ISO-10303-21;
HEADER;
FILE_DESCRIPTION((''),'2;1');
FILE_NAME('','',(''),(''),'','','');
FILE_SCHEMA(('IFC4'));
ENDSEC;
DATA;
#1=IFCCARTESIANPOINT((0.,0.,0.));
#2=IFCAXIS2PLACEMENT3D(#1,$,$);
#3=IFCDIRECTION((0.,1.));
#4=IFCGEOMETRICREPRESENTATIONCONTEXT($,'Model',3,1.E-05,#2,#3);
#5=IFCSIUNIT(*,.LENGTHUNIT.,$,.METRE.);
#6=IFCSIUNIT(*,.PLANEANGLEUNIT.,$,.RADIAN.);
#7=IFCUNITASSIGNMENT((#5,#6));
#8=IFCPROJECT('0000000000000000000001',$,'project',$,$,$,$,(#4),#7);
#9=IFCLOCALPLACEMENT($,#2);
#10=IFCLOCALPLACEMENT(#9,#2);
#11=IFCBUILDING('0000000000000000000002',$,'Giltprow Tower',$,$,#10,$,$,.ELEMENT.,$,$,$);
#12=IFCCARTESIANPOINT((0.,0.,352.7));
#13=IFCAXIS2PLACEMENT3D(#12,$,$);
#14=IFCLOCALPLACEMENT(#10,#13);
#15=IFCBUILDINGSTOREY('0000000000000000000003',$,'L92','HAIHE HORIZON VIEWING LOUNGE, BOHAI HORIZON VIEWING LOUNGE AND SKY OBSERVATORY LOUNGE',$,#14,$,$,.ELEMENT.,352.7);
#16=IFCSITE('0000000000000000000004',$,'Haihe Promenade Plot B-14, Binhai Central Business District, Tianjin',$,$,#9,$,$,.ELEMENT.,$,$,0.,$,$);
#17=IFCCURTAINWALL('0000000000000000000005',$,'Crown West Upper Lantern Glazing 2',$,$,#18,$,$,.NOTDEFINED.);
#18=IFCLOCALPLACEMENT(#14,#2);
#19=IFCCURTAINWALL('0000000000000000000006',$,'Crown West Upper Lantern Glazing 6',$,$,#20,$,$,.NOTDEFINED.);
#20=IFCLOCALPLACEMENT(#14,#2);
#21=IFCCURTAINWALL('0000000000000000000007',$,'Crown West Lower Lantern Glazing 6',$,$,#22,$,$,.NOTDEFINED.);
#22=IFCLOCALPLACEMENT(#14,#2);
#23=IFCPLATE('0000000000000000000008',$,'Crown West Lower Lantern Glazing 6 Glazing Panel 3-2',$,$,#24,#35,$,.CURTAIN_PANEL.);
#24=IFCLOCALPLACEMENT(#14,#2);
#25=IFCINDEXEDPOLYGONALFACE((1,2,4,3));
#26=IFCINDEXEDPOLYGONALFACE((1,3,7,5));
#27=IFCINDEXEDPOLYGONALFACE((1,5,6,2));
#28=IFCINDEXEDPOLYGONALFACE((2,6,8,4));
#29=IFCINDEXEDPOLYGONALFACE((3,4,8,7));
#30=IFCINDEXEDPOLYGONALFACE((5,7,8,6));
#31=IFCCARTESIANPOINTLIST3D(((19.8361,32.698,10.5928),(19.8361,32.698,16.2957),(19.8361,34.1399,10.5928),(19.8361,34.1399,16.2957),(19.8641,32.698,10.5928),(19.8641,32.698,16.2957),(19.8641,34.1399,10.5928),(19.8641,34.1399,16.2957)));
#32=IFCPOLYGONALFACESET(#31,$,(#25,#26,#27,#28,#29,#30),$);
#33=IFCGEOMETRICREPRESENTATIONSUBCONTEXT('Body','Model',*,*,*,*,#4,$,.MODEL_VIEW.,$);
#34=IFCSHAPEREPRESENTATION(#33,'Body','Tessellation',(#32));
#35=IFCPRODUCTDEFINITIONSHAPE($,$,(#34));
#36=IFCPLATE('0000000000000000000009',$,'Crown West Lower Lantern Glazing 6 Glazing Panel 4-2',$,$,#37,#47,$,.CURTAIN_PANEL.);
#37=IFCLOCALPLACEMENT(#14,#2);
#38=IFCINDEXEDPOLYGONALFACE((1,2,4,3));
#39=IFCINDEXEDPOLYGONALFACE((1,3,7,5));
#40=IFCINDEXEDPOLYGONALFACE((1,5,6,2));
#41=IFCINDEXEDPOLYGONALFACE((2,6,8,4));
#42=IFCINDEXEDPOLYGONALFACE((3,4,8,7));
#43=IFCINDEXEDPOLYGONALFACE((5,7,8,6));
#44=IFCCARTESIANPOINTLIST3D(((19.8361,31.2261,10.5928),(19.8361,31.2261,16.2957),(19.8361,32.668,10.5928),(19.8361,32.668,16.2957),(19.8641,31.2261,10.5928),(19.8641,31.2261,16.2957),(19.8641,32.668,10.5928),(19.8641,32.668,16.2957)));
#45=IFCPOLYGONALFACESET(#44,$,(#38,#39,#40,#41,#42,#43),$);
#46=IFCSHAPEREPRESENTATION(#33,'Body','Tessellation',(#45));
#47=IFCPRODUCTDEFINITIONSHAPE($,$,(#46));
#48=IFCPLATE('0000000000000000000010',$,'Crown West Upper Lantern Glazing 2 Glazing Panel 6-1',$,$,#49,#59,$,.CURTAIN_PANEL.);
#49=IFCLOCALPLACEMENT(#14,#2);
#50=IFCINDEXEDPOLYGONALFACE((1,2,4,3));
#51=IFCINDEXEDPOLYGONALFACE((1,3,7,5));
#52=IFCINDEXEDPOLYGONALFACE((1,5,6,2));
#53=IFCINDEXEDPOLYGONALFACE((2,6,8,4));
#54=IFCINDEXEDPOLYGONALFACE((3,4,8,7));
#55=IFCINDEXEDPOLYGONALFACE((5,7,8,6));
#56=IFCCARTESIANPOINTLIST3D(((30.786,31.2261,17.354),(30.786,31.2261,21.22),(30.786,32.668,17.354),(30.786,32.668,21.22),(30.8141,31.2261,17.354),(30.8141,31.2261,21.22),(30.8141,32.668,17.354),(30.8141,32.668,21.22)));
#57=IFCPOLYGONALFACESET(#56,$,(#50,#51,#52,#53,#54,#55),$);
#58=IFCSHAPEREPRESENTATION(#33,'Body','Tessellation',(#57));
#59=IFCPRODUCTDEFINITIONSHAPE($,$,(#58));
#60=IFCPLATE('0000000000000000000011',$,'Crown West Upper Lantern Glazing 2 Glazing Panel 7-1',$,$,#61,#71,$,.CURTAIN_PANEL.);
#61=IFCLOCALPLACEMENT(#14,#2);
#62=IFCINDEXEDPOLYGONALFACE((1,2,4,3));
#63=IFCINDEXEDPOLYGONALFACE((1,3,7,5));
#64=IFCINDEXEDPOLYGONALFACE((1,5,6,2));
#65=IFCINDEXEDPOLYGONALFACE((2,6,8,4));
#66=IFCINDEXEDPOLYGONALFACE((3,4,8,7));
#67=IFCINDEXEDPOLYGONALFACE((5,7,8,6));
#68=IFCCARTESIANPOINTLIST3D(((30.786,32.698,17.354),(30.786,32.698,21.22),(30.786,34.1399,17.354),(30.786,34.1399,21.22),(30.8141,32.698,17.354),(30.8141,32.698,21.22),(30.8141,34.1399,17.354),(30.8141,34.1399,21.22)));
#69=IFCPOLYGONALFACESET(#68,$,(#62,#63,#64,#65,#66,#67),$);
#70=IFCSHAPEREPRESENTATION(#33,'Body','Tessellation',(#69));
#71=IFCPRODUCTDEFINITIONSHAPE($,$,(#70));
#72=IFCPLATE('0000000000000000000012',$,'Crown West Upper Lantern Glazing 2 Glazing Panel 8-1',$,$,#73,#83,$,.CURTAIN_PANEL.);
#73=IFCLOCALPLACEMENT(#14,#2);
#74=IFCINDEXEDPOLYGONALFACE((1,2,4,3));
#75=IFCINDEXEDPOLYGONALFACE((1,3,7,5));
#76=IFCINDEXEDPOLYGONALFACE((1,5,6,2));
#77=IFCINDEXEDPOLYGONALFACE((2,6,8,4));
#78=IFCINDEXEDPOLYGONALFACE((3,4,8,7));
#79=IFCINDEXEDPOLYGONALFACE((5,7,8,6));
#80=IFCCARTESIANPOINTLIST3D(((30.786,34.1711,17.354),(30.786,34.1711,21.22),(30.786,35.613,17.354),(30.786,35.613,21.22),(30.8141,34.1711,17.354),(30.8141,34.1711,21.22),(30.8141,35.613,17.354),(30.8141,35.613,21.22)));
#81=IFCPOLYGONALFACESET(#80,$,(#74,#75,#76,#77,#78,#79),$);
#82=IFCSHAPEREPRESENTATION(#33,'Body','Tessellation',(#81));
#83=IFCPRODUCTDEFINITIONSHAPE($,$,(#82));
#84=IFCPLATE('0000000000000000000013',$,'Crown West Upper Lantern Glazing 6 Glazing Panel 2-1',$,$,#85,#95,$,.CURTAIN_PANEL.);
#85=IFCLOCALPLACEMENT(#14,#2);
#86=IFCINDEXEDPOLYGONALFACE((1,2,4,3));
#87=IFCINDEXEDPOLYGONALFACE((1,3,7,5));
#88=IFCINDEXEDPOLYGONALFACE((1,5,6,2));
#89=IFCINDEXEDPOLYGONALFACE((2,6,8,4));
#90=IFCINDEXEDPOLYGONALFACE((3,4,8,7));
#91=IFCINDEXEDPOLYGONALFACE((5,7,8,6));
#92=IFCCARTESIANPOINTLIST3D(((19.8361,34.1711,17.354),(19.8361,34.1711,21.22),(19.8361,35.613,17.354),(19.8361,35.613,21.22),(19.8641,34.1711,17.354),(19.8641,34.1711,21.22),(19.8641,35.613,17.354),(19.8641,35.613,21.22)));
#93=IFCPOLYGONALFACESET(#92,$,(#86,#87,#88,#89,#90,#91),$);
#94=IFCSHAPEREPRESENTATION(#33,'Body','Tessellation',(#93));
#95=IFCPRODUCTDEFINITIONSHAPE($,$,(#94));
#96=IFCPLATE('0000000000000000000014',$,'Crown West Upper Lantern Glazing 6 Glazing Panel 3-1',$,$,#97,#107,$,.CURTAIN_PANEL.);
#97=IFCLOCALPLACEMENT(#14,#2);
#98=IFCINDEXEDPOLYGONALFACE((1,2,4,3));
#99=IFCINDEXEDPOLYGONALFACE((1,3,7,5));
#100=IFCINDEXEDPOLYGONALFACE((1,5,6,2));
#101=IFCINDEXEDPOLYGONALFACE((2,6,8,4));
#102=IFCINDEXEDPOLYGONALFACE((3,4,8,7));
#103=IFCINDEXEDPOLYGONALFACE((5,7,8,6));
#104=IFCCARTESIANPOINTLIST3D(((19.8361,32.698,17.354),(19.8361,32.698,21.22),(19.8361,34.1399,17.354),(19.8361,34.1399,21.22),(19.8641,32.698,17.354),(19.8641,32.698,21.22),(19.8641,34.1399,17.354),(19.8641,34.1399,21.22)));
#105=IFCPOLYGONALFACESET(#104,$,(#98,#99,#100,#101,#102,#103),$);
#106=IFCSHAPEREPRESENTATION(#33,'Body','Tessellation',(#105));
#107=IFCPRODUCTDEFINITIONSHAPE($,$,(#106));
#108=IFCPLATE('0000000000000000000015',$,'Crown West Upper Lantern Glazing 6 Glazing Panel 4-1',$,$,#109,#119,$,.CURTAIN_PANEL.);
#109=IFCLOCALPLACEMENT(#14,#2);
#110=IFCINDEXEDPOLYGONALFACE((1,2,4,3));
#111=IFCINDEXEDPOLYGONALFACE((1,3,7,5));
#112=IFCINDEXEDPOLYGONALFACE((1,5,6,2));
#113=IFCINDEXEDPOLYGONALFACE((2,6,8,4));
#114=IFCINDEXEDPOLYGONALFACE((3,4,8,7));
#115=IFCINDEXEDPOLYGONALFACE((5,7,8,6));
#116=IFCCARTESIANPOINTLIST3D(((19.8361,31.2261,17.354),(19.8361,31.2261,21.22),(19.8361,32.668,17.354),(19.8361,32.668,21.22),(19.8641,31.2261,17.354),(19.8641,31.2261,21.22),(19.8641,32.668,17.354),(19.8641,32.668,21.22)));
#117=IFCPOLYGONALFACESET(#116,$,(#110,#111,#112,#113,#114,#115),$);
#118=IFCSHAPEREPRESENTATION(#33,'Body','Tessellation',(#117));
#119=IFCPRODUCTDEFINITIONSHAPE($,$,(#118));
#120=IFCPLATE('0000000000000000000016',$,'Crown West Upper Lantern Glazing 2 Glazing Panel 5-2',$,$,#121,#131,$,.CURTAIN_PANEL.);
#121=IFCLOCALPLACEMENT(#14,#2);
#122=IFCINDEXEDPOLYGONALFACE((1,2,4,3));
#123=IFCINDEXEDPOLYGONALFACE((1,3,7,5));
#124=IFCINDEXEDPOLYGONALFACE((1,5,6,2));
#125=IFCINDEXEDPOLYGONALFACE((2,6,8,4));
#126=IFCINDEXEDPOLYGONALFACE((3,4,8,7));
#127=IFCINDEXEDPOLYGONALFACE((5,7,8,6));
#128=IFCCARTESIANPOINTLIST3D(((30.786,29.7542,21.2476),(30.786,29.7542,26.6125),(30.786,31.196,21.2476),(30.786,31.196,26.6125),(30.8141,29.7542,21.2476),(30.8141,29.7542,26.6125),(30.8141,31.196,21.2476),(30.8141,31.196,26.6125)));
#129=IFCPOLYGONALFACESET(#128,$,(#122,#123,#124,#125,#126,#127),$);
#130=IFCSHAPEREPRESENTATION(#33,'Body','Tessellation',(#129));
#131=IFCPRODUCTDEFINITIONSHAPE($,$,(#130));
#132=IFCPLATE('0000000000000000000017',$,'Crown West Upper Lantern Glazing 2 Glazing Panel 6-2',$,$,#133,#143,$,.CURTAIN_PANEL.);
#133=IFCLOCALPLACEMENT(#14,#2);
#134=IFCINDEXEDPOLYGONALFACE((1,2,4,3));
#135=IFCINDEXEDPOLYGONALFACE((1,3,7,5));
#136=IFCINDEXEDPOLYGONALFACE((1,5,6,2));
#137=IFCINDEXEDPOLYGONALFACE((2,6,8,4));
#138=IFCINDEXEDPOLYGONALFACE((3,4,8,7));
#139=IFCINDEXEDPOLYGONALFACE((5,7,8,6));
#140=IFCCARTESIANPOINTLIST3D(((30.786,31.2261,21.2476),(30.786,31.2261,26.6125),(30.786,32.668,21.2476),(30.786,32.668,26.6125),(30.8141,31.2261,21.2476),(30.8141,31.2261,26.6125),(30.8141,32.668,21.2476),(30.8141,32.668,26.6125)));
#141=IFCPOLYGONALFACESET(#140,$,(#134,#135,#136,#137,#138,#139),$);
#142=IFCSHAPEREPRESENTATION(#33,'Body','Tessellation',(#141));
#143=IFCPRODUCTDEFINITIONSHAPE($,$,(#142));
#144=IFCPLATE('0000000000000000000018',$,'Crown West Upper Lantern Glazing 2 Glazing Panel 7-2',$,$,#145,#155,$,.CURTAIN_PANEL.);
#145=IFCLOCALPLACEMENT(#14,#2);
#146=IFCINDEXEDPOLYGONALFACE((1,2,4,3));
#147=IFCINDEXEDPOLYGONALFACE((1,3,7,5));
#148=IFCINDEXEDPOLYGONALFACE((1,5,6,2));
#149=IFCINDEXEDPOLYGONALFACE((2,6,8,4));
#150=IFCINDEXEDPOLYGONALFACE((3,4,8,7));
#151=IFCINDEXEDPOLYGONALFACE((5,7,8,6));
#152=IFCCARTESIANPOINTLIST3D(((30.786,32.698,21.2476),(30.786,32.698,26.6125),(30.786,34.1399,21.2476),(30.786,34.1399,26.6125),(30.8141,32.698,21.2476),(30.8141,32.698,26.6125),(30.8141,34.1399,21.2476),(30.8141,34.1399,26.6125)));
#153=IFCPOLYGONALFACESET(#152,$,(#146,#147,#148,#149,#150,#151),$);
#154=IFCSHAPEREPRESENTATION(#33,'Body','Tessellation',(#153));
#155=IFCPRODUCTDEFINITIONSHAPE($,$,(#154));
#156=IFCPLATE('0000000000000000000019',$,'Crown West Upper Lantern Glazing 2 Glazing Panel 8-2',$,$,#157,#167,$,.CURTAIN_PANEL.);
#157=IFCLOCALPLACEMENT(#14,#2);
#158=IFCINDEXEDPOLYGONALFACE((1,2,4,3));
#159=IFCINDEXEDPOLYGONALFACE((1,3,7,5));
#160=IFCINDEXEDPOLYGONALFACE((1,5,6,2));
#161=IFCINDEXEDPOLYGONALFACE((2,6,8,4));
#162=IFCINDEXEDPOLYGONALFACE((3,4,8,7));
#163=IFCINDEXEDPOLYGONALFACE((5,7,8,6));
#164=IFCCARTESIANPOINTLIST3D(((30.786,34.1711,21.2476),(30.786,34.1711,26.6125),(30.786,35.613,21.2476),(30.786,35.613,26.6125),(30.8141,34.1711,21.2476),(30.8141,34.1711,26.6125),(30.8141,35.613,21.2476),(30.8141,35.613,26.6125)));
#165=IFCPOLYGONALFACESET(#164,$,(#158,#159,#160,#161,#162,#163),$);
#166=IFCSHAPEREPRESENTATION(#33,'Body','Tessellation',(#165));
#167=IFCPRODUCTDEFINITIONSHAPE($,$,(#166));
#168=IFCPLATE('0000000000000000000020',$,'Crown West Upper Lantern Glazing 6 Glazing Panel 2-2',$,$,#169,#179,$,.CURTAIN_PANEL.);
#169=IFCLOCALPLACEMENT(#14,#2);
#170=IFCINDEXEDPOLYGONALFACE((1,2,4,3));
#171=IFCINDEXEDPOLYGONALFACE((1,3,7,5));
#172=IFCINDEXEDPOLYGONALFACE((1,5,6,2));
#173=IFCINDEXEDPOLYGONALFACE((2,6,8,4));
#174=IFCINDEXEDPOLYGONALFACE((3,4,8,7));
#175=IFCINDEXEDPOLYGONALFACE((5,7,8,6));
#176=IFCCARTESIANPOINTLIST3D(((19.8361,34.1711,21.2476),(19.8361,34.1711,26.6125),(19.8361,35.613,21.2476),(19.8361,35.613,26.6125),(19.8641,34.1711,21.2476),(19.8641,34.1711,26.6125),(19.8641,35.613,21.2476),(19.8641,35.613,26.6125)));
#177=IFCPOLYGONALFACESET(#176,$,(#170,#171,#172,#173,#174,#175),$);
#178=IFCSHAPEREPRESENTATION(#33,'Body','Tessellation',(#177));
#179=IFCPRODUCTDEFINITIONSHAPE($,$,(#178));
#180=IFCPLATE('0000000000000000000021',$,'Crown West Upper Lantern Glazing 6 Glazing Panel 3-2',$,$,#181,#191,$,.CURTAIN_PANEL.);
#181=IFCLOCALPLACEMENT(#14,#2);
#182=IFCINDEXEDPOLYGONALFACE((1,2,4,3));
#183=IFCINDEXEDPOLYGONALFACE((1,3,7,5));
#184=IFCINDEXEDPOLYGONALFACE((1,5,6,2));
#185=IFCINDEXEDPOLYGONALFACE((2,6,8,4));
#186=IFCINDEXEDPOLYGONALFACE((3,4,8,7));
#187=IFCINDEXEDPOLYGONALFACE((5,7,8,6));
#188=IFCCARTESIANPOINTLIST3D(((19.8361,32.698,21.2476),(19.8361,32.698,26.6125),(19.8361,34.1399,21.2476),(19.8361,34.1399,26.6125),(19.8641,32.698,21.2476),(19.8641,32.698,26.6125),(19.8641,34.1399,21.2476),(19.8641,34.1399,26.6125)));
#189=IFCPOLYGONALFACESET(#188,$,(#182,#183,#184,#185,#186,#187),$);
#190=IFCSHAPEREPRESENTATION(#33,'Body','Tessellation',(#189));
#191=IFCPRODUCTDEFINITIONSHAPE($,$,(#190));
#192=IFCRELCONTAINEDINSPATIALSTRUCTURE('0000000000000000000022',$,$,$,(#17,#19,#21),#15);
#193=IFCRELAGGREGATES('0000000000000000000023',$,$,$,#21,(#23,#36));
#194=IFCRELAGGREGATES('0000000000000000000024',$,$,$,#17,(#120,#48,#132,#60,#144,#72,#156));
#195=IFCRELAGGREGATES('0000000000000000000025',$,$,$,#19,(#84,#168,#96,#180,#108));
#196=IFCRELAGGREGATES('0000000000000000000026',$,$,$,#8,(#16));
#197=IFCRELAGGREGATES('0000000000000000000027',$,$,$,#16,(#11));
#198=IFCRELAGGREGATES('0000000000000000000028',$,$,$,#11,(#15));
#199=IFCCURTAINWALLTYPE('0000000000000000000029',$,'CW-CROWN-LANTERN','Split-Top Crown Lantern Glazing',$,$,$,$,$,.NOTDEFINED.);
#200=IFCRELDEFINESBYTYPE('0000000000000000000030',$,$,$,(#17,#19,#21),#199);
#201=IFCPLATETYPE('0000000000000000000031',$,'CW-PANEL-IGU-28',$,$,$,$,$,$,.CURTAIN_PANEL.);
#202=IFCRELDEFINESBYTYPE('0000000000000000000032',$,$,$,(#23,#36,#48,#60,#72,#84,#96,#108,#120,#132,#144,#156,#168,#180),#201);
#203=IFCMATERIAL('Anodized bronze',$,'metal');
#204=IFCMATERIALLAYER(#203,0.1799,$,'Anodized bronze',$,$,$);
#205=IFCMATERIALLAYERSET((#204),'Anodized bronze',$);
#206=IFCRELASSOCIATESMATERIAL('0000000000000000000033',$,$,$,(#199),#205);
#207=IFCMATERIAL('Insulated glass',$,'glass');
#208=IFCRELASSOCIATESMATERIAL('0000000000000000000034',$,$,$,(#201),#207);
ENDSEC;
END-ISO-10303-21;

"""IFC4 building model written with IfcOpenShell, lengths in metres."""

from ifc_helpers import new_model, si_unit, direction, frame, origin, origin_2d, place, context, subcontext, project, spatial, rectangle, extrude, source, transform, mapped, material, layer, layer_set, type_object, element, aggregate, save


model = new_model("IFC4")

# Units and contexts
model_context = context("Model", 3, precision=1e-05, world=origin(), true_north=direction((0.0, 1.0)))
body_context = subcontext(model_context, "Body", "Model", "MODEL_VIEW")
ifc_project = project(units=[si_unit("LENGTHUNIT", "METRE"), si_unit("PLANEANGLEUNIT", "RADIAN")], contexts=[model_context])

# Site, building, storey
site_placement = place(None, origin())
site = spatial("IfcSite", under=ifc_project, at=site_placement, Name="Haihe Promenade Plot B-14, Binhai Central Business District, Tianjin", CompositionType="ELEMENT", RefElevation=0.0)
building_placement = place(site_placement, origin())
building = spatial("IfcBuilding", under=site, at=building_placement, Name="Giltprow Tower", CompositionType="ELEMENT")
storey_placement = place(building_placement, frame((0.0, 0.0, 352.7)))
storey = spatial("IfcBuildingStorey", under=building, at=storey_placement, Name="L92", Description="HAIHE HORIZON VIEWING LOUNGE, BOHAI HORIZON VIEWING LOUNGE AND SKY OBSERVATORY LOUNGE", CompositionType="ELEMENT", Elevation=352.7)

# Curtain walls
ifc_material_1 = material(Name="Anodized bronze", Category="metal")
ifc_layer = layer(ifc_material_1, 0.1799, Name="Anodized bronze")
ifc_layer_set = layer_set([ifc_layer], Name="Anodized bronze")
curtain_wall_type = type_object("IfcCurtainWallType", Name="CW-CROWN-LANTERN", Description="Split-Top Crown Lantern Glazing", PredefinedType="NOTDEFINED", material=ifc_layer_set)
curtain_wall_1_placement = place(storey_placement, origin())
curtain_wall_1 = element("IfcCurtainWall", 1, at=curtain_wall_1_placement, inside=storey, type_object=curtain_wall_type, Name="Crown West Upper Lantern Glazing 2", PredefinedType="NOTDEFINED")
curtain_wall_2_placement = place(storey_placement, origin())
curtain_wall_2 = element("IfcCurtainWall", 2, at=curtain_wall_2_placement, inside=storey, type_object=curtain_wall_type, Name="Crown West Upper Lantern Glazing 6", PredefinedType="NOTDEFINED")

# Curtain wall, plates
ifc_material_2 = material(Name="Insulated glass", Category="glass")
plate_type = type_object("IfcPlateType", Name="CW-PANEL-IGU-28", PredefinedType="CURTAIN_PANEL", material=ifc_material_2)
shared_shape_1 = source(origin(), body_context, "Body", "SweptSolid", [
    extrude(rectangle(XDim=1.4419, YDim=0.0281, at=origin_2d()), origin(), (0.0, 0.0, 1.0), 5.7029),
])
curtain_wall_3_placement = place(storey_placement, origin())
curtain_wall_3 = element("IfcCurtainWall", 3, at=curtain_wall_3_placement, inside=storey, type_object=curtain_wall_type, Name="Crown West Lower Lantern Glazing 6", PredefinedType="NOTDEFINED")
plate_1_placement = place(storey_placement, frame((19.8501, 33.4189, 10.5928), z_axis=(0.0, 0.0, 1.0), x_axis=(0.0, -1.0, 0.0)))
plate_1 = element("IfcPlate", 4, at=plate_1_placement, type_object=plate_type, Name="Crown West Lower Lantern Glazing 6 Glazing Panel 3-2", PredefinedType="CURTAIN_PANEL", context=body_context, shape_type="MappedRepresentation", body=[
    mapped(shared_shape_1, transform((0.0, 0.0, 0.0), x_axis=(1.0, 0.0, 0.0), y_axis=(0.0, 1.0, 0.0), z_axis=(0.0, 0.0, 1.0), scale=1.0)),
])
plate_2_placement = place(storey_placement, frame((19.8501, 31.947, 10.5928), z_axis=(0.0, 0.0, 1.0), x_axis=(0.0, -1.0, 0.0)))
plate_2 = element("IfcPlate", 5, at=plate_2_placement, type_object=plate_type, Name="Crown West Lower Lantern Glazing 6 Glazing Panel 4-2", PredefinedType="CURTAIN_PANEL", context=body_context, shape_type="MappedRepresentation", body=[
    mapped(shared_shape_1, transform((0.0, 0.0, 0.0), x_axis=(1.0, 0.0, 0.0), y_axis=(0.0, 1.0, 0.0), z_axis=(0.0, 0.0, 1.0), scale=1.0)),
])
aggregate(curtain_wall_3, [plate_1, plate_2])

# Plates
shared_shape_2 = source(origin(), body_context, "Body", "SweptSolid", [
    extrude(rectangle(XDim=1.4419, YDim=0.0281, at=origin_2d()), origin(), (0.0, 0.0, 1.0), 3.866),
])
plate_3_placement = place(storey_placement, frame((30.8, 31.947, 17.354), z_axis=(0.0, 0.0, 1.0), x_axis=(0.0, 1.0, 0.0)))
plate_3 = element("IfcPlate", 6, at=plate_3_placement, type_object=plate_type, Name="Crown West Upper Lantern Glazing 2 Glazing Panel 6-1", PredefinedType="CURTAIN_PANEL", context=body_context, shape_type="MappedRepresentation", body=[
    mapped(shared_shape_2, transform((0.0, 0.0, 0.0), x_axis=(1.0, 0.0, 0.0), y_axis=(0.0, 1.0, 0.0), z_axis=(0.0, 0.0, 1.0), scale=1.0)),
])
plate_4_placement = place(storey_placement, frame((30.8, 33.4189, 17.354), z_axis=(0.0, 0.0, 1.0), x_axis=(0.0, 1.0, 0.0)))
plate_4 = element("IfcPlate", 7, at=plate_4_placement, type_object=plate_type, Name="Crown West Upper Lantern Glazing 2 Glazing Panel 7-1", PredefinedType="CURTAIN_PANEL", context=body_context, shape_type="MappedRepresentation", body=[
    mapped(shared_shape_2, transform((0.0, 0.0, 0.0), x_axis=(1.0, 0.0, 0.0), y_axis=(0.0, 1.0, 0.0), z_axis=(0.0, 0.0, 1.0), scale=1.0)),
])
plate_5_placement = place(storey_placement, frame((30.8, 34.8921, 17.354), z_axis=(0.0, 0.0, 1.0), x_axis=(0.0, 1.0, 0.0)))
plate_5 = element("IfcPlate", 8, at=plate_5_placement, type_object=plate_type, Name="Crown West Upper Lantern Glazing 2 Glazing Panel 8-1", PredefinedType="CURTAIN_PANEL", context=body_context, shape_type="MappedRepresentation", body=[
    mapped(shared_shape_2, transform((0.0, 0.0, 0.0), x_axis=(1.0, 0.0, 0.0), y_axis=(0.0, 1.0, 0.0), z_axis=(0.0, 0.0, 1.0), scale=1.0)),
])
plate_6_placement = place(storey_placement, frame((19.8501, 34.8921, 17.354), z_axis=(0.0, 0.0, 1.0), x_axis=(0.0, -1.0, 0.0)))
plate_6 = element("IfcPlate", 9, at=plate_6_placement, type_object=plate_type, Name="Crown West Upper Lantern Glazing 6 Glazing Panel 2-1", PredefinedType="CURTAIN_PANEL", context=body_context, shape_type="MappedRepresentation", body=[
    mapped(shared_shape_2, transform((0.0, 0.0, 0.0), x_axis=(1.0, 0.0, 0.0), y_axis=(0.0, 1.0, 0.0), z_axis=(0.0, 0.0, 1.0), scale=1.0)),
])
plate_7_placement = place(storey_placement, frame((19.8501, 33.4189, 17.354), z_axis=(0.0, 0.0, 1.0), x_axis=(0.0, -1.0, 0.0)))
plate_7 = element("IfcPlate", 10, at=plate_7_placement, type_object=plate_type, Name="Crown West Upper Lantern Glazing 6 Glazing Panel 3-1", PredefinedType="CURTAIN_PANEL", context=body_context, shape_type="MappedRepresentation", body=[
    mapped(shared_shape_2, transform((0.0, 0.0, 0.0), x_axis=(1.0, 0.0, 0.0), y_axis=(0.0, 1.0, 0.0), z_axis=(0.0, 0.0, 1.0), scale=1.0)),
])
plate_8_placement = place(storey_placement, frame((19.8501, 31.947, 17.354), z_axis=(0.0, 0.0, 1.0), x_axis=(0.0, -1.0, 0.0)))
plate_8 = element("IfcPlate", 11, at=plate_8_placement, type_object=plate_type, Name="Crown West Upper Lantern Glazing 6 Glazing Panel 4-1", PredefinedType="CURTAIN_PANEL", context=body_context, shape_type="MappedRepresentation", body=[
    mapped(shared_shape_2, transform((0.0, 0.0, 0.0), x_axis=(1.0, 0.0, 0.0), y_axis=(0.0, 1.0, 0.0), z_axis=(0.0, 0.0, 1.0), scale=1.0)),
])
shared_shape_3 = source(origin(), body_context, "Body", "SweptSolid", [
    extrude(rectangle(XDim=1.4419, YDim=0.0281, at=origin_2d()), origin(), (0.0, 0.0, 1.0), 5.365),
])
plate_9_placement = place(storey_placement, frame((30.8, 30.4751, 21.2476), z_axis=(0.0, 0.0, 1.0), x_axis=(0.0, 1.0, 0.0)))
plate_9 = element("IfcPlate", 12, at=plate_9_placement, type_object=plate_type, Name="Crown West Upper Lantern Glazing 2 Glazing Panel 5-2", PredefinedType="CURTAIN_PANEL", context=body_context, shape_type="MappedRepresentation", body=[
    mapped(shared_shape_3, transform((0.0, 0.0, 0.0), x_axis=(1.0, 0.0, 0.0), y_axis=(0.0, 1.0, 0.0), z_axis=(0.0, 0.0, 1.0), scale=1.0)),
])
plate_10_placement = place(storey_placement, frame((30.8, 31.947, 21.2476), z_axis=(0.0, 0.0, 1.0), x_axis=(0.0, 1.0, 0.0)))
plate_10 = element("IfcPlate", 13, at=plate_10_placement, type_object=plate_type, Name="Crown West Upper Lantern Glazing 2 Glazing Panel 6-2", PredefinedType="CURTAIN_PANEL", context=body_context, shape_type="MappedRepresentation", body=[
    mapped(shared_shape_3, transform((0.0, 0.0, 0.0), x_axis=(1.0, 0.0, 0.0), y_axis=(0.0, 1.0, 0.0), z_axis=(0.0, 0.0, 1.0), scale=1.0)),
])
plate_11_placement = place(storey_placement, frame((30.8, 33.4189, 21.2476), z_axis=(0.0, 0.0, 1.0), x_axis=(0.0, 1.0, 0.0)))
plate_11 = element("IfcPlate", 14, at=plate_11_placement, type_object=plate_type, Name="Crown West Upper Lantern Glazing 2 Glazing Panel 7-2", PredefinedType="CURTAIN_PANEL", context=body_context, shape_type="MappedRepresentation", body=[
    mapped(shared_shape_3, transform((0.0, 0.0, 0.0), x_axis=(1.0, 0.0, 0.0), y_axis=(0.0, 1.0, 0.0), z_axis=(0.0, 0.0, 1.0), scale=1.0)),
])
plate_12_placement = place(storey_placement, frame((30.8, 34.8921, 21.2476), z_axis=(0.0, 0.0, 1.0), x_axis=(0.0, 1.0, 0.0)))
plate_12 = element("IfcPlate", 15, at=plate_12_placement, type_object=plate_type, Name="Crown West Upper Lantern Glazing 2 Glazing Panel 8-2", PredefinedType="CURTAIN_PANEL", context=body_context, shape_type="MappedRepresentation", body=[
    mapped(shared_shape_3, transform((0.0, 0.0, 0.0), x_axis=(1.0, 0.0, 0.0), y_axis=(0.0, 1.0, 0.0), z_axis=(0.0, 0.0, 1.0), scale=1.0)),
])
aggregate(curtain_wall_1, [plate_9, plate_3, plate_10, plate_4, plate_11, plate_5, plate_12])
plate_13_placement = place(storey_placement, frame((19.8501, 34.8921, 21.2476), z_axis=(0.0, 0.0, 1.0), x_axis=(0.0, -1.0, 0.0)))
plate_13 = element("IfcPlate", 16, at=plate_13_placement, type_object=plate_type, Name="Crown West Upper Lantern Glazing 6 Glazing Panel 2-2", PredefinedType="CURTAIN_PANEL", context=body_context, shape_type="MappedRepresentation", body=[
    mapped(shared_shape_3, transform((0.0, 0.0, 0.0), x_axis=(1.0, 0.0, 0.0), y_axis=(0.0, 1.0, 0.0), z_axis=(0.0, 0.0, 1.0), scale=1.0)),
])
plate_14_placement = place(storey_placement, frame((19.8501, 33.4189, 21.2476), z_axis=(0.0, 0.0, 1.0), x_axis=(0.0, -1.0, 0.0)))
plate_14 = element("IfcPlate", 17, at=plate_14_placement, type_object=plate_type, Name="Crown West Upper Lantern Glazing 6 Glazing Panel 3-2", PredefinedType="CURTAIN_PANEL", context=body_context, shape_type="MappedRepresentation", body=[
    mapped(shared_shape_3, transform((0.0, 0.0, 0.0), x_axis=(1.0, 0.0, 0.0), y_axis=(0.0, 1.0, 0.0), z_axis=(0.0, 0.0, 1.0), scale=1.0)),
])
aggregate(curtain_wall_2, [plate_6, plate_13, plate_7, plate_14, plate_8])

save(model, "model.ifc")
